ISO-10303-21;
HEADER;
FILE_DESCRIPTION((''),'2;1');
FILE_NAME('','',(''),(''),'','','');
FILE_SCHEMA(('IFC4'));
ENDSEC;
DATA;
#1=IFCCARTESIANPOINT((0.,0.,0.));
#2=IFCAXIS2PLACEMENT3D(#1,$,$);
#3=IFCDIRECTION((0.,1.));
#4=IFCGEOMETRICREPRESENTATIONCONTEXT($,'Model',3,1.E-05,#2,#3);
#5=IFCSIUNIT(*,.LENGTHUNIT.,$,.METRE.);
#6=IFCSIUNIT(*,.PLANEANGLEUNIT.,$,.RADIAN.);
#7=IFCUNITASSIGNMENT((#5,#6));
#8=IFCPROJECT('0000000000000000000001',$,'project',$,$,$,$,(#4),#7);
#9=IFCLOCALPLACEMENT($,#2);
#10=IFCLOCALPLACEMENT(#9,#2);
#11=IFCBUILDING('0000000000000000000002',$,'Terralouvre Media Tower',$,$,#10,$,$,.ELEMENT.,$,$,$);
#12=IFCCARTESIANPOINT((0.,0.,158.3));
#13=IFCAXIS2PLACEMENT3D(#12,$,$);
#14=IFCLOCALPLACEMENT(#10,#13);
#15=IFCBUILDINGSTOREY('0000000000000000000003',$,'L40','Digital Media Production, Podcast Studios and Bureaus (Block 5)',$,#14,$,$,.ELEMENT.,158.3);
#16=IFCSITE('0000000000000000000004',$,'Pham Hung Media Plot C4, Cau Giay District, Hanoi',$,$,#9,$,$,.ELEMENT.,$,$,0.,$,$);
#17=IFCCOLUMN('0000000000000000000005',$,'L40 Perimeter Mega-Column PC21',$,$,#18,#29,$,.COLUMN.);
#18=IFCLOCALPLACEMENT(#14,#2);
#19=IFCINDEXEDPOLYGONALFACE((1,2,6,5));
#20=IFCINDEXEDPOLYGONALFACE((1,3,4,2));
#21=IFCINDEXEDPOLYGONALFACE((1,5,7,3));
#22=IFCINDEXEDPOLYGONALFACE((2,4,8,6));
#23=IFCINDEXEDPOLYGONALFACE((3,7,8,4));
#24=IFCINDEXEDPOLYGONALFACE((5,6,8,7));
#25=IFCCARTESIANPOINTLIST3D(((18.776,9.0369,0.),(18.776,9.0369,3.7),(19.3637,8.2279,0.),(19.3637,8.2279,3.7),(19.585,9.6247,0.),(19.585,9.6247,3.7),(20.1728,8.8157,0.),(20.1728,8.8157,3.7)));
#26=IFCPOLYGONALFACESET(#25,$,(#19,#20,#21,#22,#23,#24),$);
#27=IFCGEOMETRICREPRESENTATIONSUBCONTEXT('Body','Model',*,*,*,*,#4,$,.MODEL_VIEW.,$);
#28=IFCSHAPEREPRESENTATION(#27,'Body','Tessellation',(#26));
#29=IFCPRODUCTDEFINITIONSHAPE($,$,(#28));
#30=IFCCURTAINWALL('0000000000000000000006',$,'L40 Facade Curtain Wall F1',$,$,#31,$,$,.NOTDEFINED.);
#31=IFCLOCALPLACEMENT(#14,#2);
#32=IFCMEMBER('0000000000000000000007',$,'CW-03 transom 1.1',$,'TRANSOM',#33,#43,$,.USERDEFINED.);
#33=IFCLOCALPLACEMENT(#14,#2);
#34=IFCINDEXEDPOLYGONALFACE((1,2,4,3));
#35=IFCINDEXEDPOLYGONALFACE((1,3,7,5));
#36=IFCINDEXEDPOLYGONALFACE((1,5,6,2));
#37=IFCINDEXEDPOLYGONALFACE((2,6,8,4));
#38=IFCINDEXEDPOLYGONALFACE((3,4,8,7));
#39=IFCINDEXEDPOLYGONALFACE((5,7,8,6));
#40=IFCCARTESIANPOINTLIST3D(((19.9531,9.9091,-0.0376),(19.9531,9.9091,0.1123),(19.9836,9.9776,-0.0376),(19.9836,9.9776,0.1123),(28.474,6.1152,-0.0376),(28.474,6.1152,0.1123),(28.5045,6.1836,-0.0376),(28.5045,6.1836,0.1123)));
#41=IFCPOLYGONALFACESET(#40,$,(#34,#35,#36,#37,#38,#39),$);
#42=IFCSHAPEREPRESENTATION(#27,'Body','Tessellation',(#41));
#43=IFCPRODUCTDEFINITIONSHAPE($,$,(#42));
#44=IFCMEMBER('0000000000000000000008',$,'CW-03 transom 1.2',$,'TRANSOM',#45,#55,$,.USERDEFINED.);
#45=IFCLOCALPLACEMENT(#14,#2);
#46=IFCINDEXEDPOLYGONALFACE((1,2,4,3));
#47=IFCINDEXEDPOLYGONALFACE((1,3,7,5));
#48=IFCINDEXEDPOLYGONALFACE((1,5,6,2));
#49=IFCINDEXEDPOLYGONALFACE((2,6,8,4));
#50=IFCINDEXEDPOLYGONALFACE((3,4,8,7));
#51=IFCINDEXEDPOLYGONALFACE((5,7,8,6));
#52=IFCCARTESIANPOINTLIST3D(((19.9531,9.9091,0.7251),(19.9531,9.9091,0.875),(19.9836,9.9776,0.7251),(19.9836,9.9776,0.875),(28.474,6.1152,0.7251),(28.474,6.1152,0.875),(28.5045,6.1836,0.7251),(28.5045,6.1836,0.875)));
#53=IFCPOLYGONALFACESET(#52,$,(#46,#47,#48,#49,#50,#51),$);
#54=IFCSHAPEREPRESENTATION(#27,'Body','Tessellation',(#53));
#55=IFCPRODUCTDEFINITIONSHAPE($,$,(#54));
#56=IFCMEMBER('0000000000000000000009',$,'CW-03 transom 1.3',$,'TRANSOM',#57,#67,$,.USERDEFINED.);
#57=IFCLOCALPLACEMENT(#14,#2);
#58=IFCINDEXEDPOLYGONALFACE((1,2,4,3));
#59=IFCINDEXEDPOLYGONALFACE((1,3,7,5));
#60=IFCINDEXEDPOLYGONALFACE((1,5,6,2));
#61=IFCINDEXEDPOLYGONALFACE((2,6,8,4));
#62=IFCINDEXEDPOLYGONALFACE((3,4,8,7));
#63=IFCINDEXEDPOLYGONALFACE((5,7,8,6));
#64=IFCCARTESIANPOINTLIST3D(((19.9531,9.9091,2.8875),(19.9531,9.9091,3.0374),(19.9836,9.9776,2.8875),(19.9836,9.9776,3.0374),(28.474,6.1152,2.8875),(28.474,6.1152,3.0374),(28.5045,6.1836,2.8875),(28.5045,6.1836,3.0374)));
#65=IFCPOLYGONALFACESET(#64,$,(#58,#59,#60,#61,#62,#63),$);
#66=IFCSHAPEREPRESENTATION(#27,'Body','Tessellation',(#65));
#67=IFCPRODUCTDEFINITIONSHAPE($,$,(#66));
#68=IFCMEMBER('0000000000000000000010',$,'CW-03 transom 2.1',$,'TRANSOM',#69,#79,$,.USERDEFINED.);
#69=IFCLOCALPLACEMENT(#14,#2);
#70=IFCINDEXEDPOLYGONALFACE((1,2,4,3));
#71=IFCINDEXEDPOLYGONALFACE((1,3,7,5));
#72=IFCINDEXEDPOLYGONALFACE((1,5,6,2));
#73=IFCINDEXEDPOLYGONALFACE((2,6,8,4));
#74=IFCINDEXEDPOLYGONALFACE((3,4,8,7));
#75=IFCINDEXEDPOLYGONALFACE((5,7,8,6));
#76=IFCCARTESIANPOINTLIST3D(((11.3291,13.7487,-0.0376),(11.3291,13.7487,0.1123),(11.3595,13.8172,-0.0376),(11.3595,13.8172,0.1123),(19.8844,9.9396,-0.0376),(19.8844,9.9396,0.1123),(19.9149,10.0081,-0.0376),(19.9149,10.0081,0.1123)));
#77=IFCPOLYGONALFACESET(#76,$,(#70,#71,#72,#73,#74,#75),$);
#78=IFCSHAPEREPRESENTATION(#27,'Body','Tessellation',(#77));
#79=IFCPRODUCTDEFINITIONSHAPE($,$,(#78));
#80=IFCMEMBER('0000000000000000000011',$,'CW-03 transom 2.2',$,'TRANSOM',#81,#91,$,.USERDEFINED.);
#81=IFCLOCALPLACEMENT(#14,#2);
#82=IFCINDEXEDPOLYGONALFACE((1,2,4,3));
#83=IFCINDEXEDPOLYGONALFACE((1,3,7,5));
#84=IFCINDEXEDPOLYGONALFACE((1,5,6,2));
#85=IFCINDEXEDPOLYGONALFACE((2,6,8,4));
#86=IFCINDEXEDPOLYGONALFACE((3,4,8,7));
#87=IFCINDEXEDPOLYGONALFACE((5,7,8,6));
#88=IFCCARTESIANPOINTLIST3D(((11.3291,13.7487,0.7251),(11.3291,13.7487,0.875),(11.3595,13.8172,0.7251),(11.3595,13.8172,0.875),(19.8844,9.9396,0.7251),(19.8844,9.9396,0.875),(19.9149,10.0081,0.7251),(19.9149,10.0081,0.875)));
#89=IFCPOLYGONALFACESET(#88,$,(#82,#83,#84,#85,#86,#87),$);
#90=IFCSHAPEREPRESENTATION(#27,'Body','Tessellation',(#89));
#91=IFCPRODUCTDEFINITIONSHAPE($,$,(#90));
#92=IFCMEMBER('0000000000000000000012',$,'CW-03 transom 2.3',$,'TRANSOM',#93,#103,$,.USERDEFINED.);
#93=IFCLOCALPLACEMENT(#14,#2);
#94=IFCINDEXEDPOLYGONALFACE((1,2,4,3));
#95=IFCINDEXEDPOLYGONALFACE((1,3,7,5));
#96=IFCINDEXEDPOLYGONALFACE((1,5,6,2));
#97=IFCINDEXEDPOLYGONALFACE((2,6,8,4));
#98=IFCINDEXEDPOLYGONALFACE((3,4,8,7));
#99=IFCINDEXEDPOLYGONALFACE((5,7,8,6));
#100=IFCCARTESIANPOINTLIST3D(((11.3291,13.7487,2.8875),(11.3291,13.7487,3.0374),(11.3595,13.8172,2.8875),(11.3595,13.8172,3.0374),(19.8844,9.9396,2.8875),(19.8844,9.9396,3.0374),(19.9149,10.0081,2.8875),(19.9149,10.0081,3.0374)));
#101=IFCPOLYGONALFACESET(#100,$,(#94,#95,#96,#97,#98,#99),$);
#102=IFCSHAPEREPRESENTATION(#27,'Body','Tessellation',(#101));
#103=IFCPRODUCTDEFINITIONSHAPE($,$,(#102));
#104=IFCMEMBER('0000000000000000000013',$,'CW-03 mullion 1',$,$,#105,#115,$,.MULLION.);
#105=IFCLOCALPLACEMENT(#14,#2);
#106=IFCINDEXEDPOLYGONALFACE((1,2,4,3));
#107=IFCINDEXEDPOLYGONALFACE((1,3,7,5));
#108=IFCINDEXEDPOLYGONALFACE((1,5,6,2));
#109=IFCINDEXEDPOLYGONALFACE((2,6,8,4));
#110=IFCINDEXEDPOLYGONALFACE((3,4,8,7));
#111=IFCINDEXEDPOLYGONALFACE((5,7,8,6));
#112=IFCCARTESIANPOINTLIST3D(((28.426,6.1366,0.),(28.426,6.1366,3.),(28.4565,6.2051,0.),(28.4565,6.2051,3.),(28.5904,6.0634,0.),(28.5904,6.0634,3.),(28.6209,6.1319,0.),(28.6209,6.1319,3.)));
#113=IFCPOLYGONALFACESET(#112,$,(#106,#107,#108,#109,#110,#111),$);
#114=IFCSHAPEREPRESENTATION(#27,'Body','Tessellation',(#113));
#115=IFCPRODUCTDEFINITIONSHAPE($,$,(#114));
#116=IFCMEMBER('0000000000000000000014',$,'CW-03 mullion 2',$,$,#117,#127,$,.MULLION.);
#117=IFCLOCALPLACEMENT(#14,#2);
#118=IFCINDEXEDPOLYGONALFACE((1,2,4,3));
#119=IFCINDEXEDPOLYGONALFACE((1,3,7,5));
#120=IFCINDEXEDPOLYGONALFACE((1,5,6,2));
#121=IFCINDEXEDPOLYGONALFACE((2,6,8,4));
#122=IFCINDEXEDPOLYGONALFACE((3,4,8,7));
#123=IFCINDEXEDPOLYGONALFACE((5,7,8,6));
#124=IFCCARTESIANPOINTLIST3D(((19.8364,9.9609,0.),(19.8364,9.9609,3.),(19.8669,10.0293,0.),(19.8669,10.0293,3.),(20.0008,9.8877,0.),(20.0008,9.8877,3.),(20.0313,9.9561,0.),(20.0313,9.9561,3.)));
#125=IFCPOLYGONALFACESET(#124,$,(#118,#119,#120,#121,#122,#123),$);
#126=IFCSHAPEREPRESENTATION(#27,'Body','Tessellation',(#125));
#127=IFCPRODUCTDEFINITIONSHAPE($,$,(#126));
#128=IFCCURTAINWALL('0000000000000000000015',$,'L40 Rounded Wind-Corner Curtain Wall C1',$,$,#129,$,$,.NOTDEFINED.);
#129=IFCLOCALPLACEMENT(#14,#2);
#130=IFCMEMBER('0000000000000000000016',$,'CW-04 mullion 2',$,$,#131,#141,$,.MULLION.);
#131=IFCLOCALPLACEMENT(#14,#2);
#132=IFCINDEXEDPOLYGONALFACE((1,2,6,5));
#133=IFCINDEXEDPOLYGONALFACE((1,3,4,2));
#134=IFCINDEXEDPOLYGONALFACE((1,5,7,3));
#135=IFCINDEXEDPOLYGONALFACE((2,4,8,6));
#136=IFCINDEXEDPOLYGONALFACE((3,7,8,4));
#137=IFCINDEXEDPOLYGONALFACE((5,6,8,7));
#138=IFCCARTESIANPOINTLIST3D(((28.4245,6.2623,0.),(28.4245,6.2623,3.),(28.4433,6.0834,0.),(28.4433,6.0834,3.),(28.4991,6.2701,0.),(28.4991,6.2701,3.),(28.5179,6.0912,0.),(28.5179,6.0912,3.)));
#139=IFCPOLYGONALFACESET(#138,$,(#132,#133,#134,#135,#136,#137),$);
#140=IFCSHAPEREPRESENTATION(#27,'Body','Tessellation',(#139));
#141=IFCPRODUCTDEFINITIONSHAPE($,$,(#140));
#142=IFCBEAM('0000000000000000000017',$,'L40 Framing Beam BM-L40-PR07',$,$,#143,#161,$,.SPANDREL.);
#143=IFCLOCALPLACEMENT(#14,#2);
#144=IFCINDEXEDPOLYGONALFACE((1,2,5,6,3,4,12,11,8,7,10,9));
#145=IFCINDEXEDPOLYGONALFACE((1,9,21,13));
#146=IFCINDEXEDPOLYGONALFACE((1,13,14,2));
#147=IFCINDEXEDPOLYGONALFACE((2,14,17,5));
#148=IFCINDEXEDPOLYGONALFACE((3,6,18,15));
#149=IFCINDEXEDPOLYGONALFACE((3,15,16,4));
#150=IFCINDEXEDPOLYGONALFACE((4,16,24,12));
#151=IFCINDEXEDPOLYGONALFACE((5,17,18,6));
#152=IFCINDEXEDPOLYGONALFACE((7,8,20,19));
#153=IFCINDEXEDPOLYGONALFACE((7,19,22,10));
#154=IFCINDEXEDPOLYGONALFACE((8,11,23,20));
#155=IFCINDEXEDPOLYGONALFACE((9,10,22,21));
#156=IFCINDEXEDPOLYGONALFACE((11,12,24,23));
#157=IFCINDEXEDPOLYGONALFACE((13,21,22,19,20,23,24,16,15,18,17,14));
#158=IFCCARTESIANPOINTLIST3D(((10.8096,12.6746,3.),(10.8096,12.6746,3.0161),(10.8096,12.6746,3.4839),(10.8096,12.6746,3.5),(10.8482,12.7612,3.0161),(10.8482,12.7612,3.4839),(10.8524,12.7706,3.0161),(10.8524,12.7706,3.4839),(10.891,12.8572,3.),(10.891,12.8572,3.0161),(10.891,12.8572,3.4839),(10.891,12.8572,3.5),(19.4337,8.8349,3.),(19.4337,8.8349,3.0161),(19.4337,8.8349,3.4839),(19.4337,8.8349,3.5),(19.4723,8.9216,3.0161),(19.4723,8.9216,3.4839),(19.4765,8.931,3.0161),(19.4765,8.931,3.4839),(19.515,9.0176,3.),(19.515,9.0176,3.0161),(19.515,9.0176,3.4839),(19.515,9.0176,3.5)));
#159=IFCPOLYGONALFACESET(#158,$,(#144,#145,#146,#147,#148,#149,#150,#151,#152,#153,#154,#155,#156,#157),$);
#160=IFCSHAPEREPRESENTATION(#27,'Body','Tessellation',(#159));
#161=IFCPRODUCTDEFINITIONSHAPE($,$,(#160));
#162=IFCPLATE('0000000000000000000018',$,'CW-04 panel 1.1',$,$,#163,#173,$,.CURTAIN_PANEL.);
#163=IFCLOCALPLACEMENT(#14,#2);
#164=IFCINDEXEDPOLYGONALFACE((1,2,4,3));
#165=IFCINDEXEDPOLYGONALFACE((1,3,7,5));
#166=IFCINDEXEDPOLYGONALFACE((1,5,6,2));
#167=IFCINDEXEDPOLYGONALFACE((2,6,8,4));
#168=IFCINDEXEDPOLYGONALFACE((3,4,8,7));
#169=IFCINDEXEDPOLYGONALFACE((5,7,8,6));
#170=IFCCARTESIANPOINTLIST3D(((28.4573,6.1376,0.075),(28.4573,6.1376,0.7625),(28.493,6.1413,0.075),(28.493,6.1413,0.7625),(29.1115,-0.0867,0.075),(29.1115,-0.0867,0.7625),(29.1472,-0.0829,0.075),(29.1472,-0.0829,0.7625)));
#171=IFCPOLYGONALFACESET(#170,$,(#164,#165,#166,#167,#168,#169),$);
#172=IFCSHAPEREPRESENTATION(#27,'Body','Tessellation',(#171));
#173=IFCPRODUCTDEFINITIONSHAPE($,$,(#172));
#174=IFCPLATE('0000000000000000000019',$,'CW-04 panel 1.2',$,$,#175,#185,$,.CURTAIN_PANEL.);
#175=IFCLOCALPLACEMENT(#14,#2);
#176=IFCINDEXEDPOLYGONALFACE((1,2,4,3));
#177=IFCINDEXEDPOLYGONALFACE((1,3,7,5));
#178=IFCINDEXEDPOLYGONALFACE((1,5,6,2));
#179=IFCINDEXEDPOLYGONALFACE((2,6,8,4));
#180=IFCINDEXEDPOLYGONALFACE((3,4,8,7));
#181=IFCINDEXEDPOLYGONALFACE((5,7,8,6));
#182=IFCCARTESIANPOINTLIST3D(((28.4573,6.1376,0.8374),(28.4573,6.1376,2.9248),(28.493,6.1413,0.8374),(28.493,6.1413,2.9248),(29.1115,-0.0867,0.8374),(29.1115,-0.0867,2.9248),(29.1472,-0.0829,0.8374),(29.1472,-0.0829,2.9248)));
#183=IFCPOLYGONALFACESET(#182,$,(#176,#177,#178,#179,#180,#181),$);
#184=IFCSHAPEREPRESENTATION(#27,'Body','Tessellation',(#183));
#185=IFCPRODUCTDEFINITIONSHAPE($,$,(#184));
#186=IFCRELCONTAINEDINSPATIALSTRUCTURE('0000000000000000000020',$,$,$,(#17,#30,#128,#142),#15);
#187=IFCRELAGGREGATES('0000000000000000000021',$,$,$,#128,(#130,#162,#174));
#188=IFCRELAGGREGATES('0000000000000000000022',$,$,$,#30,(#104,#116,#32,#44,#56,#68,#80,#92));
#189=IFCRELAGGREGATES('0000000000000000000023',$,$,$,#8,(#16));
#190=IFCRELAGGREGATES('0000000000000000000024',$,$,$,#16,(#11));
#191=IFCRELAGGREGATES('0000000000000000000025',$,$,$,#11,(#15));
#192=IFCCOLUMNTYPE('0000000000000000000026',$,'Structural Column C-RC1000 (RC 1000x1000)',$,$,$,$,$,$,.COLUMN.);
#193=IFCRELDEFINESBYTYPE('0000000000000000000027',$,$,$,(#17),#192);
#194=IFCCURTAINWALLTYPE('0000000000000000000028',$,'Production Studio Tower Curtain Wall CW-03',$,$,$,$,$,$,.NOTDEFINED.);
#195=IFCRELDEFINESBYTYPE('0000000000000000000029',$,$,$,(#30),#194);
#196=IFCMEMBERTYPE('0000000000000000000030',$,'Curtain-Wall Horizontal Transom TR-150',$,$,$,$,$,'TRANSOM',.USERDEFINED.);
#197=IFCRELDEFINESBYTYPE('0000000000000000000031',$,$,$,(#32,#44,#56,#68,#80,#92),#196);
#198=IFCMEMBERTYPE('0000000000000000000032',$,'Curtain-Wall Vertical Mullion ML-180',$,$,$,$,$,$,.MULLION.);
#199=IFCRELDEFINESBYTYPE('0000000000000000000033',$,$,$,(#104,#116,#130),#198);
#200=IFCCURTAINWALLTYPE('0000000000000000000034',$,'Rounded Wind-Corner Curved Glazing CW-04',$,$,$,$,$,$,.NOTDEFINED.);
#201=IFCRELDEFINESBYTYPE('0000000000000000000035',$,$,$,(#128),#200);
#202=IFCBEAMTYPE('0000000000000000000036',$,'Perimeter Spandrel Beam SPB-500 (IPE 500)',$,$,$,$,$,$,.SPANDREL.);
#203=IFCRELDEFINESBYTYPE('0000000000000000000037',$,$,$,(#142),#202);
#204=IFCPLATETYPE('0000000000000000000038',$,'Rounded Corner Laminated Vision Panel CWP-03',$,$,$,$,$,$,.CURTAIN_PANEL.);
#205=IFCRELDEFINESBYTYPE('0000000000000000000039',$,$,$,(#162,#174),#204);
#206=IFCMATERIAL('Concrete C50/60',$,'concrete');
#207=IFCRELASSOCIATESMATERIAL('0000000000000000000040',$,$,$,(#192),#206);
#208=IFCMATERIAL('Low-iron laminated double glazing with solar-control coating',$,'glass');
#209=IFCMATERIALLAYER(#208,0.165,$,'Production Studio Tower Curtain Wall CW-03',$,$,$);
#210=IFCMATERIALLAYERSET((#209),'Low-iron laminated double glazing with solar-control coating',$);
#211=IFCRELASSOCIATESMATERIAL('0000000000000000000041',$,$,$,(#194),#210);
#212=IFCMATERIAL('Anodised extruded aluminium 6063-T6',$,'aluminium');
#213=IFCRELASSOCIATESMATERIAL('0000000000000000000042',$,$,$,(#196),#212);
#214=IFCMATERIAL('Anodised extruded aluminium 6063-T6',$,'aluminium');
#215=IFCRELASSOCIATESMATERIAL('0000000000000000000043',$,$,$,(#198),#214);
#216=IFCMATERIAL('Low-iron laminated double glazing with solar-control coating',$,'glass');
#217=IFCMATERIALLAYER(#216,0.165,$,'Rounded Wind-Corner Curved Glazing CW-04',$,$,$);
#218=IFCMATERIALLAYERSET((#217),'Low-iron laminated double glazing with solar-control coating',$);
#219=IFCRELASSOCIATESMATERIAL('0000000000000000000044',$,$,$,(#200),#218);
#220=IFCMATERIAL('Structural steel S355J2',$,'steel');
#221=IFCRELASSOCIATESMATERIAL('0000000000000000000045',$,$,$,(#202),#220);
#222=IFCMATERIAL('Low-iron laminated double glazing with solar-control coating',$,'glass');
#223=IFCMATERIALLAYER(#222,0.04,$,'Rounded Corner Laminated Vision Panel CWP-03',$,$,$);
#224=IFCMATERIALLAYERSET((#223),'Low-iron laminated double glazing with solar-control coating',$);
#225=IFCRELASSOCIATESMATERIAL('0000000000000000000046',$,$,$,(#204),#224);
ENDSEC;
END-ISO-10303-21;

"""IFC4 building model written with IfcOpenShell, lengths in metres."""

from ifc_helpers import new_model, si_unit, direction, frame, origin, origin_2d, place, context, subcontext, project, spatial, rectangle, i_section, extrude, material, layer, layer_set, material_profile, profile_set, type_object, element, aggregate, save


model = new_model("IFC4")

# Units and contexts
model_context = context("Model", 3, precision=1e-05, world=origin(), true_north=direction((0.0, 1.0)))
body_context = subcontext(model_context, "Body", "Model", "MODEL_VIEW")
ifc_project = project(units=[si_unit("LENGTHUNIT", "METRE"), si_unit("PLANEANGLEUNIT", "RADIAN")], contexts=[model_context])

# Site, building, storey
site_placement = place(None, origin())
site = spatial("IfcSite", under=ifc_project, at=site_placement, Name="Pham Hung Media Plot C4, Cau Giay District, Hanoi", CompositionType="ELEMENT", RefElevation=0.0)
building_placement = place(site_placement, origin())
building = spatial("IfcBuilding", under=site, at=building_placement, Name="Terralouvre Media Tower", CompositionType="ELEMENT")
storey_placement = place(building_placement, frame((0.0, 0.0, 158.3)))
storey = spatial("IfcBuildingStorey", under=building, at=storey_placement, Name="L40", Description="Digital Media Production, Podcast Studios and Bureaus (Block 5)", CompositionType="ELEMENT", Elevation=158.3)

# Column
ifc_material_1 = material(Name="Concrete C50/60", Category="concrete")
ifc_material_profile_1 = material_profile(ifc_material_1, rectangle(XDim=1.0, YDim=1.0, at=origin_2d()), Name="RC 1000x1000")
ifc_profile_set_1 = profile_set([ifc_material_profile_1], Name="Concrete C50/60")
column_type = type_object("IfcColumnType", Name="Structural Column C-RC1000 (RC 1000x1000)", PredefinedType="COLUMN", material=ifc_profile_set_1)
column_placement = place(storey_placement, frame((19.4744, 8.9263, 0.0), z_axis=(0.0, 0.0, 1.0), x_axis=(0.809017, 0.587785, 0.0)))
element("IfcColumn", 1, at=column_placement, inside=storey, type_object=column_type, Name="L40 Perimeter Mega-Column PC21", PredefinedType="COLUMN", context=body_context, shape_type="SweptSolid", body=[
    extrude(rectangle(XDim=1.0, YDim=1.0, at=origin_2d()), origin(), (0.0, 0.0, 1.0), 3.7),
])

# Curtain wall, members
ifc_material_2 = material(Name="Low-iron laminated double glazing with solar-control coating", Category="glass")
ifc_layer_1 = layer(ifc_material_2, 0.165, Name="Production Studio Tower Curtain Wall CW-03")
ifc_layer_set_1 = layer_set([ifc_layer_1], Name="Low-iron laminated double glazing with solar-control coating")
curtain_wall_type_1 = type_object("IfcCurtainWallType", Name="Production Studio Tower Curtain Wall CW-03", PredefinedType="NOTDEFINED", material=ifc_layer_set_1)
curtain_wall_1_placement = place(storey_placement, origin())
curtain_wall_1 = element("IfcCurtainWall", 2, at=curtain_wall_1_placement, inside=storey, type_object=curtain_wall_type_1, Name="L40 Facade Curtain Wall F1", PredefinedType="NOTDEFINED")
ifc_material_3 = material(Name="Anodised extruded aluminium 6063-T6", Category="aluminium")
ifc_material_profile_2 = material_profile(ifc_material_3, rectangle(XDim=0.075, YDim=0.1499, at=origin_2d()), Name="ALU 75x150")
ifc_profile_set_2 = profile_set([ifc_material_profile_2], Name="Anodised extruded aluminium 6063-T6")
member_type_1 = type_object("IfcMemberType", Name="Curtain-Wall Horizontal Transom TR-150", ElementType="TRANSOM", PredefinedType="USERDEFINED", material=ifc_profile_set_2)
member_1_placement = place(storey_placement, frame((28.4893, 6.1494, 0.0374), z_axis=(-0.913539, 0.40675, 0.0), x_axis=(-0.40675, -0.913539, 0.0)))
member_1 = element("IfcMember", 3, at=member_1_placement, type_object=member_type_1, Name="CW-03 transom 1.1", ObjectType="TRANSOM", PredefinedType="USERDEFINED", context=body_context, shape_type="SweptSolid", body=[
    extrude(rectangle(XDim=0.075, YDim=0.1499, at=origin_2d()), origin(), (0.0, 0.0, 1.0), 9.3274),
])
member_2_placement = place(storey_placement, frame((28.4893, 6.1494, 0.8), z_axis=(-0.913539, 0.40675, 0.0), x_axis=(-0.40675, -0.913539, 0.0)))
member_2 = element("IfcMember", 4, at=member_2_placement, type_object=member_type_1, Name="CW-03 transom 1.2", ObjectType="TRANSOM", PredefinedType="USERDEFINED", context=body_context, shape_type="SweptSolid", body=[
    extrude(rectangle(XDim=0.075, YDim=0.1499, at=origin_2d()), origin(), (0.0, 0.0, 1.0), 9.3274),
])
member_3_placement = place(storey_placement, frame((28.4893, 6.1494, 2.9624), z_axis=(-0.913539, 0.40675, 0.0), x_axis=(-0.40675, -0.913539, 0.0)))
member_3 = element("IfcMember", 5, at=member_3_placement, type_object=member_type_1, Name="CW-03 transom 1.3", ObjectType="TRANSOM", PredefinedType="USERDEFINED", context=body_context, shape_type="SweptSolid", body=[
    extrude(rectangle(XDim=0.075, YDim=0.1499, at=origin_2d()), origin(), (0.0, 0.0, 1.0), 9.3274),
])
member_4_placement = place(storey_placement, frame((19.8997, 9.9739, 0.0374), z_axis=(-0.913547, 0.406733, 0.0), x_axis=(-0.406733, -0.913547, 0.0)))
member_4 = element("IfcMember", 6, at=member_4_placement, type_object=member_type_1, Name="CW-03 transom 2.1", ObjectType="TRANSOM", PredefinedType="USERDEFINED", context=body_context, shape_type="SweptSolid", body=[
    extrude(rectangle(XDim=0.075, YDim=0.1499, at=origin_2d()), origin(), (0.0, 0.0, 1.0), 9.365),
])
member_5_placement = place(storey_placement, frame((19.8997, 9.9739, 0.8), z_axis=(-0.913547, 0.406733, 0.0), x_axis=(-0.406733, -0.913547, 0.0)))
member_5 = element("IfcMember", 7, at=member_5_placement, type_object=member_type_1, Name="CW-03 transom 2.2", ObjectType="TRANSOM", PredefinedType="USERDEFINED", context=body_context, shape_type="SweptSolid", body=[
    extrude(rectangle(XDim=0.075, YDim=0.1499, at=origin_2d()), origin(), (0.0, 0.0, 1.0), 9.365),
])
member_6_placement = place(storey_placement, frame((19.8997, 9.9739, 2.9624), z_axis=(-0.913547, 0.406733, 0.0), x_axis=(-0.406733, -0.913547, 0.0)))
member_6 = element("IfcMember", 8, at=member_6_placement, type_object=member_type_1, Name="CW-03 transom 2.3", ObjectType="TRANSOM", PredefinedType="USERDEFINED", context=body_context, shape_type="SweptSolid", body=[
    extrude(rectangle(XDim=0.075, YDim=0.1499, at=origin_2d()), origin(), (0.0, 0.0, 1.0), 9.365),
])
ifc_material_4 = material(Name="Anodised extruded aluminium 6063-T6", Category="aluminium")
ifc_material_profile_3 = material_profile(ifc_material_4, rectangle(XDim=0.075, YDim=0.1799, at=origin_2d()), Name="ALU 75x180")
ifc_profile_set_3 = profile_set([ifc_material_profile_3], Name="Anodised extruded aluminium 6063-T6")
member_type_2 = type_object("IfcMemberType", Name="Curtain-Wall Vertical Mullion ML-180", PredefinedType="MULLION", material=ifc_profile_set_3)
member_7_placement = place(storey_placement, frame((28.5234, 6.1343, 0.0), z_axis=(0.0, 0.0, 1.0), x_axis=(-0.406737, -0.913545, 0.0)))
member_7 = element("IfcMember", 9, at=member_7_placement, type_object=member_type_2, Name="CW-03 mullion 1", PredefinedType="MULLION", context=body_context, shape_type="SweptSolid", body=[
    extrude(rectangle(XDim=0.075, YDim=0.1799, at=origin_2d()), origin(), (0.0, 0.0, 1.0), 3.0),
])
member_8_placement = place(storey_placement, frame((19.9338, 9.9585, 0.0), z_axis=(0.0, 0.0, 1.0), x_axis=(-0.406737, -0.913545, 0.0)))
member_8 = element("IfcMember", 10, at=member_8_placement, type_object=member_type_2, Name="CW-03 mullion 2", PredefinedType="MULLION", context=body_context, shape_type="SweptSolid", body=[
    extrude(rectangle(XDim=0.075, YDim=0.1799, at=origin_2d()), origin(), (0.0, 0.0, 1.0), 3.0),
])

# Curtain wall, member
ifc_material_5 = material(Name="Low-iron laminated double glazing with solar-control coating", Category="glass")
ifc_layer_2 = layer(ifc_material_5, 0.165, Name="Rounded Wind-Corner Curved Glazing CW-04")
ifc_layer_set_2 = layer_set([ifc_layer_2], Name="Low-iron laminated double glazing with solar-control coating")
curtain_wall_type_2 = type_object("IfcCurtainWallType", Name="Rounded Wind-Corner Curved Glazing CW-04", PredefinedType="NOTDEFINED", material=ifc_layer_set_2)
curtain_wall_2_placement = place(storey_placement, origin())
curtain_wall_2 = element("IfcCurtainWall", 11, at=curtain_wall_2_placement, inside=storey, type_object=curtain_wall_type_2, Name="L40 Rounded Wind-Corner Curtain Wall C1", PredefinedType="NOTDEFINED")
member_9_placement = place(storey_placement, frame((28.4712, 6.1768, 0.0), z_axis=(0.0, 0.0, 1.0), x_axis=(-0.994522, -0.104529, 0.0)))
member_9 = element("IfcMember", 12, at=member_9_placement, type_object=member_type_2, Name="CW-04 mullion 2", PredefinedType="MULLION", context=body_context, shape_type="SweptSolid", body=[
    extrude(rectangle(XDim=0.075, YDim=0.1799, at=origin_2d()), origin(), (0.0, 0.0, 1.0), 3.0),
])

# Beam
ifc_material_6 = material(Name="Structural steel S355J2", Category="steel")
ifc_material_profile_4 = material_profile(ifc_material_6, i_section(OverallWidth=0.2, OverallDepth=0.5, WebThickness=0.0103, FlangeThickness=0.0161, at=origin_2d()), Name="IPE 500")
ifc_profile_set_4 = profile_set([ifc_material_profile_4], Name="Structural steel S355J2")
beam_type = type_object("IfcBeamType", Name="Perimeter Spandrel Beam SPB-500 (IPE 500)", PredefinedType="SPANDREL", material=ifc_profile_set_4)
beam_placement = place(storey_placement, frame((19.4744, 8.9263, 3.25), z_axis=(-0.913548, 0.406731, 0.0), x_axis=(-0.406731, -0.913548, 0.0)))
element("IfcBeam", 13, at=beam_placement, inside=storey, type_object=beam_type, Name="L40 Framing Beam BM-L40-PR07", PredefinedType="SPANDREL", context=body_context, shape_type="SweptSolid", body=[
    extrude(i_section(OverallWidth=0.2, OverallDepth=0.5, WebThickness=0.0103, FlangeThickness=0.0161, at=origin_2d()), origin(), (0.0, 0.0, 1.0), 9.4402),
])

# Plates
ifc_material_7 = material(Name="Low-iron laminated double glazing with solar-control coating", Category="glass")
ifc_layer_3 = layer(ifc_material_7, 0.04, Name="Rounded Corner Laminated Vision Panel CWP-03")
ifc_layer_set_3 = layer_set([ifc_layer_3], Name="Low-iron laminated double glazing with solar-control coating")
plate_type_1 = type_object("IfcPlateType", Name="Rounded Corner Laminated Vision Panel CWP-03", PredefinedType="CURTAIN_PANEL", material=ifc_layer_set_3)
plate_1_placement = place(storey_placement, frame((28.8022, 3.0273, 0.075), z_axis=(0.0, 0.0, 1.0), x_axis=(-0.104529, 0.994522, 0.0)))
plate_1 = element("IfcPlate", 14, at=plate_1_placement, type_object=plate_type_1, Name="CW-04 panel 1.1", PredefinedType="CURTAIN_PANEL", context=body_context, shape_type="SweptSolid", body=[
    extrude(rectangle(XDim=6.2585, YDim=0.0359, at=origin_2d()), origin(), (0.0, 0.0, 1.0), 0.6875),
])
plate_2_placement = place(storey_placement, frame((28.8022, 3.0273, 0.8374), z_axis=(0.0, 0.0, 1.0), x_axis=(-0.104529, 0.994522, 0.0)))
plate_2 = element("IfcPlate", 15, at=plate_2_placement, type_object=plate_type_1, Name="CW-04 panel 1.2", PredefinedType="CURTAIN_PANEL", context=body_context, shape_type="SweptSolid", body=[
    extrude(rectangle(XDim=6.2585, YDim=0.0359, at=origin_2d()), origin(), (0.0, 0.0, 1.0), 2.0874),
])
aggregate(curtain_wall_2, [member_9, plate_1, plate_2])
aggregate(curtain_wall_1, [member_7, member_8, member_1, member_2, member_3, member_4, member_5, member_6])

save(model, "model.ifc")
